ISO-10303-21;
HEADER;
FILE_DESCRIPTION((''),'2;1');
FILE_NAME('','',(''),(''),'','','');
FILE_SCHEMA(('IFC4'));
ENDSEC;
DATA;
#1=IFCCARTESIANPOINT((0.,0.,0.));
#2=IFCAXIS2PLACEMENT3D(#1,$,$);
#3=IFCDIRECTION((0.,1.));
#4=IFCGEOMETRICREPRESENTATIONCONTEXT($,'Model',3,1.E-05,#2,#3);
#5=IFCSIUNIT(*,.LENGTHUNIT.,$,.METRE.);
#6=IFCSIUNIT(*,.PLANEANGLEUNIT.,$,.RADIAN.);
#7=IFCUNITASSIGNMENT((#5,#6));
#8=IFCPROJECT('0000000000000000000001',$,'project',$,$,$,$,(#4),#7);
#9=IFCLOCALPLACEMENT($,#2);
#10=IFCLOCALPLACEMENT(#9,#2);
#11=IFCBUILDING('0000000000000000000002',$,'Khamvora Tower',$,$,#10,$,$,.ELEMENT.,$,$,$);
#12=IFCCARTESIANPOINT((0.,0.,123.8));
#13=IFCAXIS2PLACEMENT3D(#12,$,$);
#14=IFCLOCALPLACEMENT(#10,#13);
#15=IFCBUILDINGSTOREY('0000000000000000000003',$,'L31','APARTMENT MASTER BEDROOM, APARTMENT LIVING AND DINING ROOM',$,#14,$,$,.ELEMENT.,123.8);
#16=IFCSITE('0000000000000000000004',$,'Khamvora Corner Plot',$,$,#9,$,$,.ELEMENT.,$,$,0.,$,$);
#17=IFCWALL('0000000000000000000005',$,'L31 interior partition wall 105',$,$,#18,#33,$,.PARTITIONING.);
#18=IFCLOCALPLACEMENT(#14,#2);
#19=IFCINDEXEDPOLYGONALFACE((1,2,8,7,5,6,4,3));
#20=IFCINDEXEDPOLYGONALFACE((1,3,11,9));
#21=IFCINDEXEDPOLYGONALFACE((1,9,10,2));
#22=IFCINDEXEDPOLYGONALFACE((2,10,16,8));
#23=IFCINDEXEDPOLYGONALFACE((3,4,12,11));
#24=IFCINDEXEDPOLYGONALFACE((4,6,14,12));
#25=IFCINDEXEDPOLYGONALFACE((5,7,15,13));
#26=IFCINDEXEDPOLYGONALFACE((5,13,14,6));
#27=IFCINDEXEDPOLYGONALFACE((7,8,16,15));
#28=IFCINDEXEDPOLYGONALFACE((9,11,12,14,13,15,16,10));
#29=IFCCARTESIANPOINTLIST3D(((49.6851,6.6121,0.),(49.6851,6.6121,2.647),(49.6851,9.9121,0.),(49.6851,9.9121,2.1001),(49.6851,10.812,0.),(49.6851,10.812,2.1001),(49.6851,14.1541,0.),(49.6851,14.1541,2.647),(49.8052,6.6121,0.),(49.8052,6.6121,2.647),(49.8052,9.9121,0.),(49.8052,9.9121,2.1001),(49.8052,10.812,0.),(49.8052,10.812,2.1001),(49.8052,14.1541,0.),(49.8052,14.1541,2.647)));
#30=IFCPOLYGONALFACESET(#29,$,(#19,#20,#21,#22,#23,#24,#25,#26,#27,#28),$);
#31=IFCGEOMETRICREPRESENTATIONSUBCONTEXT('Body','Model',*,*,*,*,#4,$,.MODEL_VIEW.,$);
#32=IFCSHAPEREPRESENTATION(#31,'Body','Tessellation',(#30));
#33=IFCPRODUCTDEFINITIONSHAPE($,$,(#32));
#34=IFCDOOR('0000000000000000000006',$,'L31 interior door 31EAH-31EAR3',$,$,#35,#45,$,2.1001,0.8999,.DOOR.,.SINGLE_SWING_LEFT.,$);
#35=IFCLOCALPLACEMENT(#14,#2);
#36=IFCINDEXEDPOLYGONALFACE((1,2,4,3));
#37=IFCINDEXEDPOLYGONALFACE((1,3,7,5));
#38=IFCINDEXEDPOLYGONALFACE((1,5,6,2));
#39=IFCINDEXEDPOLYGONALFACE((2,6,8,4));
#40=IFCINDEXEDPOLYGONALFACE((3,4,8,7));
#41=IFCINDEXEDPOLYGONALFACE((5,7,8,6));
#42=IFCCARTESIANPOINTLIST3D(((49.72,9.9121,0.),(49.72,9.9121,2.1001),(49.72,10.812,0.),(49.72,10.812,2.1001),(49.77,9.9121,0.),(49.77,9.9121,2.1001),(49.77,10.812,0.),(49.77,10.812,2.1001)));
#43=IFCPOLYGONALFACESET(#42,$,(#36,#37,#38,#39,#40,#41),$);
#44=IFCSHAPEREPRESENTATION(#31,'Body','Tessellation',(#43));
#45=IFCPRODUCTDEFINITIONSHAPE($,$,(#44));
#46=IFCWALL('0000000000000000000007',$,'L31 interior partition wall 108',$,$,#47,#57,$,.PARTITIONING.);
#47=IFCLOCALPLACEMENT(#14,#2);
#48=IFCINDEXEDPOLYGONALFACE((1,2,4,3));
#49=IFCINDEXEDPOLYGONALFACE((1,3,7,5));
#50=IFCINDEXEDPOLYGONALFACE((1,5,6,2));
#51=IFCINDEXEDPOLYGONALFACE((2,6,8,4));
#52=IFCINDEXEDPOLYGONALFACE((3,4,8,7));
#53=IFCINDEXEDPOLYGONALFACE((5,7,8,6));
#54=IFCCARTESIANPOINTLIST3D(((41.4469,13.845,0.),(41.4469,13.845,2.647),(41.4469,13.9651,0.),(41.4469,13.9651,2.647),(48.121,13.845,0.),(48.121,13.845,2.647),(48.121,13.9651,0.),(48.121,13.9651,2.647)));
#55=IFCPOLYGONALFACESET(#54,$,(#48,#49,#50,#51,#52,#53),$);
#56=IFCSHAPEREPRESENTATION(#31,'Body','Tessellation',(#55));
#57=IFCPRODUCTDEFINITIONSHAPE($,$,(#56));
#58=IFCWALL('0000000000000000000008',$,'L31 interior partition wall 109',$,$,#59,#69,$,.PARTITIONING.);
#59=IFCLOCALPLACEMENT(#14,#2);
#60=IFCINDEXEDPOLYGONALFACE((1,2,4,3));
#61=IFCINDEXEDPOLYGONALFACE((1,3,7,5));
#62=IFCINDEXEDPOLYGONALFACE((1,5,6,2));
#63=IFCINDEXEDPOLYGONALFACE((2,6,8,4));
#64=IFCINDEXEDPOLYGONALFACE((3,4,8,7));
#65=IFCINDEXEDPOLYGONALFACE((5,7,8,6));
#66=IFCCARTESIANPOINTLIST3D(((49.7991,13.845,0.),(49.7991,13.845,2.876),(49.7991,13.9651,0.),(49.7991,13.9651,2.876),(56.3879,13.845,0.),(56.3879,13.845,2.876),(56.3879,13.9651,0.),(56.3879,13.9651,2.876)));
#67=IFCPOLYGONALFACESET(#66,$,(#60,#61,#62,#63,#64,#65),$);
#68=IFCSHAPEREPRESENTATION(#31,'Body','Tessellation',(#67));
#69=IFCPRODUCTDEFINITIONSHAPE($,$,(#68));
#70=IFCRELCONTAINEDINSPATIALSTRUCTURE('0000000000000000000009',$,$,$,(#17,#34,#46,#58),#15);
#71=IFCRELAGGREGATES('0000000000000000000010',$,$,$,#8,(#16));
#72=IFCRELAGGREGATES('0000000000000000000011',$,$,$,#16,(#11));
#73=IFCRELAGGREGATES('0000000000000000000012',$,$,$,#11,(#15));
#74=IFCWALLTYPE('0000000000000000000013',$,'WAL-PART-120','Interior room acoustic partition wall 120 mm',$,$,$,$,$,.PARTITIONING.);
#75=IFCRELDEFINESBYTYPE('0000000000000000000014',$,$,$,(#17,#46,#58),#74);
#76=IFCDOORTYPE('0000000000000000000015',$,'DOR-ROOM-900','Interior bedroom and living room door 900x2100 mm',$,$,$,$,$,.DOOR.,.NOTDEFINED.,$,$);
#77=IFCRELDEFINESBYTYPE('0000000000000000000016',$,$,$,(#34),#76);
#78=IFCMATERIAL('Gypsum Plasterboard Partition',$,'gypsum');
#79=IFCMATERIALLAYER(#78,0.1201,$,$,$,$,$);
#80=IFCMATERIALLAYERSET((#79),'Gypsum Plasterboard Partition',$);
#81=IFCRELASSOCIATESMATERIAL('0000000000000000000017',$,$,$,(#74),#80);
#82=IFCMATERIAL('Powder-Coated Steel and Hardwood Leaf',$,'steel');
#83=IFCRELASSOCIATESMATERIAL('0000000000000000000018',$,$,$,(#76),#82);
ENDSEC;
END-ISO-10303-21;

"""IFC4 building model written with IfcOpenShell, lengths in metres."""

from ifc_helpers import new_model, si_unit, direction, frame, frame_2d, origin, place, context, subcontext, project, spatial, rectangle, extrude, material, layer, layer_set, type_object, element, fill, save


model = new_model("IFC4")

# Units and contexts
model_context = context("Model", 3, precision=1e-05, world=origin(), true_north=direction((0.0, 1.0)))
body_context = subcontext(model_context, "Body", "Model", "MODEL_VIEW")
ifc_project = project(units=[si_unit("LENGTHUNIT", "METRE"), si_unit("PLANEANGLEUNIT", "RADIAN")], contexts=[model_context])

# Site, building, storey
site_placement = place(None, origin())
site = spatial("IfcSite", under=ifc_project, at=site_placement, Name="Khamvora Corner Plot", CompositionType="ELEMENT", RefElevation=0.0)
building_placement = place(site_placement, origin())
building = spatial("IfcBuilding", under=site, at=building_placement, Name="Khamvora Tower", CompositionType="ELEMENT")
storey_placement = place(building_placement, frame((0.0, 0.0, 123.8)))
storey = spatial("IfcBuildingStorey", under=building, at=storey_placement, Name="L31", Description="APARTMENT MASTER BEDROOM, APARTMENT LIVING AND DINING ROOM", CompositionType="ELEMENT", Elevation=123.8)

# Shared definitions
ifc_material_1 = material(Name="Gypsum Plasterboard Partition", Category="gypsum")
ifc_layer_1 = layer(ifc_material_1, 0.1201)
ifc_layer_set_1 = layer_set([ifc_layer_1], Name="Gypsum Plasterboard Partition")
wall_type_1 = type_object("IfcWallType", Name="WAL-PART-120", Description="Interior room acoustic partition wall 120 mm", PredefinedType="PARTITIONING", material=ifc_layer_set_1)
ifc_material_2 = material(Name="Powder-Coated Steel and Hardwood Leaf", Category="steel")
door_type = type_object("IfcDoorType", Name="DOR-ROOM-900", Description="Interior bedroom and living room door 900x2100 mm", OperationType="NOTDEFINED", PredefinedType="DOOR", material=ifc_material_2)

# Wall, opening, door
wall_1_placement = place(storey_placement, frame((49.7451, 14.1541, 0.0), z_axis=(0.0, 0.0, 1.0), x_axis=(0.0, -1.0, 0.0)))
wall_1 = element("IfcWall", 1, at=wall_1_placement, inside=storey, type_object=wall_type_1, Name="L31 interior partition wall 105", PredefinedType="PARTITIONING", context=body_context, shape_type="SweptSolid", body=[
    extrude(rectangle(XDim=7.542, YDim=0.1201, at=frame_2d((3.771, 0.0))), origin(), (0.0, 0.0, 1.0), 2.647),
])
opening_1_placement = place(wall_1_placement, frame((3.342, 0.0, 0.0)))
opening_1 = element("IfcOpeningElement", 2, at=opening_1_placement, cuts=wall_1, PredefinedType="OPENING", context=body_context, shape_type="SweptSolid", body=[
    extrude(rectangle(XDim=0.8999, YDim=2.1001, at=frame_2d((0.45, 1.05))), frame((0.0, 0.0701, 0.0), z_axis=(0.0, -1.0, 0.0), x_axis=(1.0, 0.0, 0.0)), (0.0, 0.0, 1.0), 0.1401),
])
door_1_placement = place(opening_1_placement, origin())
door_1 = element("IfcDoor", 3, at=door_1_placement, inside=storey, type_object=door_type, Name="L31 interior door 31EAH-31EAR3", OperationType="SINGLE_SWING_LEFT", OverallHeight=2.1001, OverallWidth=0.8999, PredefinedType="DOOR", context=body_context, shape_type="SweptSolid", body=[
    extrude(rectangle(XDim=0.8999, YDim=2.1001, at=frame_2d((0.45, 1.05))), frame((0.0, 0.0249, 0.0), z_axis=(0.0, -1.0, 0.0), x_axis=(1.0, 0.0, 0.0)), (0.0, 0.0, 1.0), 0.05),
])
fill(opening_1, door_1)

# Walls
wall_2_placement = place(storey_placement, frame((41.447, 13.905, 0.0), z_axis=(0.0, 0.0, 1.0), x_axis=(1.0, 0.0, 0.0)))
element("IfcWall", 4, at=wall_2_placement, inside=storey, type_object=wall_type_1, Name="L31 interior partition wall 108", PredefinedType="PARTITIONING", context=body_context, shape_type="SweptSolid", body=[
    extrude(rectangle(XDim=6.6741, YDim=0.1201, at=frame_2d((3.3369, 0.0))), origin(), (0.0, 0.0, 1.0), 2.647),
])
wall_3_placement = place(storey_placement, frame((49.7991, 13.905, 0.0), z_axis=(0.0, 0.0, 1.0), x_axis=(1.0, 0.0, 0.0)))
element("IfcWall", 5, at=wall_3_placement, inside=storey, type_object=wall_type_1, Name="L31 interior partition wall 109", PredefinedType="PARTITIONING", context=body_context, shape_type="SweptSolid", body=[
    extrude(rectangle(XDim=6.5889, YDim=0.1201, at=frame_2d((3.2944, 0.0))), origin(), (0.0, 0.0, 1.0), 2.876),
])

save(model, "model.ifc")
